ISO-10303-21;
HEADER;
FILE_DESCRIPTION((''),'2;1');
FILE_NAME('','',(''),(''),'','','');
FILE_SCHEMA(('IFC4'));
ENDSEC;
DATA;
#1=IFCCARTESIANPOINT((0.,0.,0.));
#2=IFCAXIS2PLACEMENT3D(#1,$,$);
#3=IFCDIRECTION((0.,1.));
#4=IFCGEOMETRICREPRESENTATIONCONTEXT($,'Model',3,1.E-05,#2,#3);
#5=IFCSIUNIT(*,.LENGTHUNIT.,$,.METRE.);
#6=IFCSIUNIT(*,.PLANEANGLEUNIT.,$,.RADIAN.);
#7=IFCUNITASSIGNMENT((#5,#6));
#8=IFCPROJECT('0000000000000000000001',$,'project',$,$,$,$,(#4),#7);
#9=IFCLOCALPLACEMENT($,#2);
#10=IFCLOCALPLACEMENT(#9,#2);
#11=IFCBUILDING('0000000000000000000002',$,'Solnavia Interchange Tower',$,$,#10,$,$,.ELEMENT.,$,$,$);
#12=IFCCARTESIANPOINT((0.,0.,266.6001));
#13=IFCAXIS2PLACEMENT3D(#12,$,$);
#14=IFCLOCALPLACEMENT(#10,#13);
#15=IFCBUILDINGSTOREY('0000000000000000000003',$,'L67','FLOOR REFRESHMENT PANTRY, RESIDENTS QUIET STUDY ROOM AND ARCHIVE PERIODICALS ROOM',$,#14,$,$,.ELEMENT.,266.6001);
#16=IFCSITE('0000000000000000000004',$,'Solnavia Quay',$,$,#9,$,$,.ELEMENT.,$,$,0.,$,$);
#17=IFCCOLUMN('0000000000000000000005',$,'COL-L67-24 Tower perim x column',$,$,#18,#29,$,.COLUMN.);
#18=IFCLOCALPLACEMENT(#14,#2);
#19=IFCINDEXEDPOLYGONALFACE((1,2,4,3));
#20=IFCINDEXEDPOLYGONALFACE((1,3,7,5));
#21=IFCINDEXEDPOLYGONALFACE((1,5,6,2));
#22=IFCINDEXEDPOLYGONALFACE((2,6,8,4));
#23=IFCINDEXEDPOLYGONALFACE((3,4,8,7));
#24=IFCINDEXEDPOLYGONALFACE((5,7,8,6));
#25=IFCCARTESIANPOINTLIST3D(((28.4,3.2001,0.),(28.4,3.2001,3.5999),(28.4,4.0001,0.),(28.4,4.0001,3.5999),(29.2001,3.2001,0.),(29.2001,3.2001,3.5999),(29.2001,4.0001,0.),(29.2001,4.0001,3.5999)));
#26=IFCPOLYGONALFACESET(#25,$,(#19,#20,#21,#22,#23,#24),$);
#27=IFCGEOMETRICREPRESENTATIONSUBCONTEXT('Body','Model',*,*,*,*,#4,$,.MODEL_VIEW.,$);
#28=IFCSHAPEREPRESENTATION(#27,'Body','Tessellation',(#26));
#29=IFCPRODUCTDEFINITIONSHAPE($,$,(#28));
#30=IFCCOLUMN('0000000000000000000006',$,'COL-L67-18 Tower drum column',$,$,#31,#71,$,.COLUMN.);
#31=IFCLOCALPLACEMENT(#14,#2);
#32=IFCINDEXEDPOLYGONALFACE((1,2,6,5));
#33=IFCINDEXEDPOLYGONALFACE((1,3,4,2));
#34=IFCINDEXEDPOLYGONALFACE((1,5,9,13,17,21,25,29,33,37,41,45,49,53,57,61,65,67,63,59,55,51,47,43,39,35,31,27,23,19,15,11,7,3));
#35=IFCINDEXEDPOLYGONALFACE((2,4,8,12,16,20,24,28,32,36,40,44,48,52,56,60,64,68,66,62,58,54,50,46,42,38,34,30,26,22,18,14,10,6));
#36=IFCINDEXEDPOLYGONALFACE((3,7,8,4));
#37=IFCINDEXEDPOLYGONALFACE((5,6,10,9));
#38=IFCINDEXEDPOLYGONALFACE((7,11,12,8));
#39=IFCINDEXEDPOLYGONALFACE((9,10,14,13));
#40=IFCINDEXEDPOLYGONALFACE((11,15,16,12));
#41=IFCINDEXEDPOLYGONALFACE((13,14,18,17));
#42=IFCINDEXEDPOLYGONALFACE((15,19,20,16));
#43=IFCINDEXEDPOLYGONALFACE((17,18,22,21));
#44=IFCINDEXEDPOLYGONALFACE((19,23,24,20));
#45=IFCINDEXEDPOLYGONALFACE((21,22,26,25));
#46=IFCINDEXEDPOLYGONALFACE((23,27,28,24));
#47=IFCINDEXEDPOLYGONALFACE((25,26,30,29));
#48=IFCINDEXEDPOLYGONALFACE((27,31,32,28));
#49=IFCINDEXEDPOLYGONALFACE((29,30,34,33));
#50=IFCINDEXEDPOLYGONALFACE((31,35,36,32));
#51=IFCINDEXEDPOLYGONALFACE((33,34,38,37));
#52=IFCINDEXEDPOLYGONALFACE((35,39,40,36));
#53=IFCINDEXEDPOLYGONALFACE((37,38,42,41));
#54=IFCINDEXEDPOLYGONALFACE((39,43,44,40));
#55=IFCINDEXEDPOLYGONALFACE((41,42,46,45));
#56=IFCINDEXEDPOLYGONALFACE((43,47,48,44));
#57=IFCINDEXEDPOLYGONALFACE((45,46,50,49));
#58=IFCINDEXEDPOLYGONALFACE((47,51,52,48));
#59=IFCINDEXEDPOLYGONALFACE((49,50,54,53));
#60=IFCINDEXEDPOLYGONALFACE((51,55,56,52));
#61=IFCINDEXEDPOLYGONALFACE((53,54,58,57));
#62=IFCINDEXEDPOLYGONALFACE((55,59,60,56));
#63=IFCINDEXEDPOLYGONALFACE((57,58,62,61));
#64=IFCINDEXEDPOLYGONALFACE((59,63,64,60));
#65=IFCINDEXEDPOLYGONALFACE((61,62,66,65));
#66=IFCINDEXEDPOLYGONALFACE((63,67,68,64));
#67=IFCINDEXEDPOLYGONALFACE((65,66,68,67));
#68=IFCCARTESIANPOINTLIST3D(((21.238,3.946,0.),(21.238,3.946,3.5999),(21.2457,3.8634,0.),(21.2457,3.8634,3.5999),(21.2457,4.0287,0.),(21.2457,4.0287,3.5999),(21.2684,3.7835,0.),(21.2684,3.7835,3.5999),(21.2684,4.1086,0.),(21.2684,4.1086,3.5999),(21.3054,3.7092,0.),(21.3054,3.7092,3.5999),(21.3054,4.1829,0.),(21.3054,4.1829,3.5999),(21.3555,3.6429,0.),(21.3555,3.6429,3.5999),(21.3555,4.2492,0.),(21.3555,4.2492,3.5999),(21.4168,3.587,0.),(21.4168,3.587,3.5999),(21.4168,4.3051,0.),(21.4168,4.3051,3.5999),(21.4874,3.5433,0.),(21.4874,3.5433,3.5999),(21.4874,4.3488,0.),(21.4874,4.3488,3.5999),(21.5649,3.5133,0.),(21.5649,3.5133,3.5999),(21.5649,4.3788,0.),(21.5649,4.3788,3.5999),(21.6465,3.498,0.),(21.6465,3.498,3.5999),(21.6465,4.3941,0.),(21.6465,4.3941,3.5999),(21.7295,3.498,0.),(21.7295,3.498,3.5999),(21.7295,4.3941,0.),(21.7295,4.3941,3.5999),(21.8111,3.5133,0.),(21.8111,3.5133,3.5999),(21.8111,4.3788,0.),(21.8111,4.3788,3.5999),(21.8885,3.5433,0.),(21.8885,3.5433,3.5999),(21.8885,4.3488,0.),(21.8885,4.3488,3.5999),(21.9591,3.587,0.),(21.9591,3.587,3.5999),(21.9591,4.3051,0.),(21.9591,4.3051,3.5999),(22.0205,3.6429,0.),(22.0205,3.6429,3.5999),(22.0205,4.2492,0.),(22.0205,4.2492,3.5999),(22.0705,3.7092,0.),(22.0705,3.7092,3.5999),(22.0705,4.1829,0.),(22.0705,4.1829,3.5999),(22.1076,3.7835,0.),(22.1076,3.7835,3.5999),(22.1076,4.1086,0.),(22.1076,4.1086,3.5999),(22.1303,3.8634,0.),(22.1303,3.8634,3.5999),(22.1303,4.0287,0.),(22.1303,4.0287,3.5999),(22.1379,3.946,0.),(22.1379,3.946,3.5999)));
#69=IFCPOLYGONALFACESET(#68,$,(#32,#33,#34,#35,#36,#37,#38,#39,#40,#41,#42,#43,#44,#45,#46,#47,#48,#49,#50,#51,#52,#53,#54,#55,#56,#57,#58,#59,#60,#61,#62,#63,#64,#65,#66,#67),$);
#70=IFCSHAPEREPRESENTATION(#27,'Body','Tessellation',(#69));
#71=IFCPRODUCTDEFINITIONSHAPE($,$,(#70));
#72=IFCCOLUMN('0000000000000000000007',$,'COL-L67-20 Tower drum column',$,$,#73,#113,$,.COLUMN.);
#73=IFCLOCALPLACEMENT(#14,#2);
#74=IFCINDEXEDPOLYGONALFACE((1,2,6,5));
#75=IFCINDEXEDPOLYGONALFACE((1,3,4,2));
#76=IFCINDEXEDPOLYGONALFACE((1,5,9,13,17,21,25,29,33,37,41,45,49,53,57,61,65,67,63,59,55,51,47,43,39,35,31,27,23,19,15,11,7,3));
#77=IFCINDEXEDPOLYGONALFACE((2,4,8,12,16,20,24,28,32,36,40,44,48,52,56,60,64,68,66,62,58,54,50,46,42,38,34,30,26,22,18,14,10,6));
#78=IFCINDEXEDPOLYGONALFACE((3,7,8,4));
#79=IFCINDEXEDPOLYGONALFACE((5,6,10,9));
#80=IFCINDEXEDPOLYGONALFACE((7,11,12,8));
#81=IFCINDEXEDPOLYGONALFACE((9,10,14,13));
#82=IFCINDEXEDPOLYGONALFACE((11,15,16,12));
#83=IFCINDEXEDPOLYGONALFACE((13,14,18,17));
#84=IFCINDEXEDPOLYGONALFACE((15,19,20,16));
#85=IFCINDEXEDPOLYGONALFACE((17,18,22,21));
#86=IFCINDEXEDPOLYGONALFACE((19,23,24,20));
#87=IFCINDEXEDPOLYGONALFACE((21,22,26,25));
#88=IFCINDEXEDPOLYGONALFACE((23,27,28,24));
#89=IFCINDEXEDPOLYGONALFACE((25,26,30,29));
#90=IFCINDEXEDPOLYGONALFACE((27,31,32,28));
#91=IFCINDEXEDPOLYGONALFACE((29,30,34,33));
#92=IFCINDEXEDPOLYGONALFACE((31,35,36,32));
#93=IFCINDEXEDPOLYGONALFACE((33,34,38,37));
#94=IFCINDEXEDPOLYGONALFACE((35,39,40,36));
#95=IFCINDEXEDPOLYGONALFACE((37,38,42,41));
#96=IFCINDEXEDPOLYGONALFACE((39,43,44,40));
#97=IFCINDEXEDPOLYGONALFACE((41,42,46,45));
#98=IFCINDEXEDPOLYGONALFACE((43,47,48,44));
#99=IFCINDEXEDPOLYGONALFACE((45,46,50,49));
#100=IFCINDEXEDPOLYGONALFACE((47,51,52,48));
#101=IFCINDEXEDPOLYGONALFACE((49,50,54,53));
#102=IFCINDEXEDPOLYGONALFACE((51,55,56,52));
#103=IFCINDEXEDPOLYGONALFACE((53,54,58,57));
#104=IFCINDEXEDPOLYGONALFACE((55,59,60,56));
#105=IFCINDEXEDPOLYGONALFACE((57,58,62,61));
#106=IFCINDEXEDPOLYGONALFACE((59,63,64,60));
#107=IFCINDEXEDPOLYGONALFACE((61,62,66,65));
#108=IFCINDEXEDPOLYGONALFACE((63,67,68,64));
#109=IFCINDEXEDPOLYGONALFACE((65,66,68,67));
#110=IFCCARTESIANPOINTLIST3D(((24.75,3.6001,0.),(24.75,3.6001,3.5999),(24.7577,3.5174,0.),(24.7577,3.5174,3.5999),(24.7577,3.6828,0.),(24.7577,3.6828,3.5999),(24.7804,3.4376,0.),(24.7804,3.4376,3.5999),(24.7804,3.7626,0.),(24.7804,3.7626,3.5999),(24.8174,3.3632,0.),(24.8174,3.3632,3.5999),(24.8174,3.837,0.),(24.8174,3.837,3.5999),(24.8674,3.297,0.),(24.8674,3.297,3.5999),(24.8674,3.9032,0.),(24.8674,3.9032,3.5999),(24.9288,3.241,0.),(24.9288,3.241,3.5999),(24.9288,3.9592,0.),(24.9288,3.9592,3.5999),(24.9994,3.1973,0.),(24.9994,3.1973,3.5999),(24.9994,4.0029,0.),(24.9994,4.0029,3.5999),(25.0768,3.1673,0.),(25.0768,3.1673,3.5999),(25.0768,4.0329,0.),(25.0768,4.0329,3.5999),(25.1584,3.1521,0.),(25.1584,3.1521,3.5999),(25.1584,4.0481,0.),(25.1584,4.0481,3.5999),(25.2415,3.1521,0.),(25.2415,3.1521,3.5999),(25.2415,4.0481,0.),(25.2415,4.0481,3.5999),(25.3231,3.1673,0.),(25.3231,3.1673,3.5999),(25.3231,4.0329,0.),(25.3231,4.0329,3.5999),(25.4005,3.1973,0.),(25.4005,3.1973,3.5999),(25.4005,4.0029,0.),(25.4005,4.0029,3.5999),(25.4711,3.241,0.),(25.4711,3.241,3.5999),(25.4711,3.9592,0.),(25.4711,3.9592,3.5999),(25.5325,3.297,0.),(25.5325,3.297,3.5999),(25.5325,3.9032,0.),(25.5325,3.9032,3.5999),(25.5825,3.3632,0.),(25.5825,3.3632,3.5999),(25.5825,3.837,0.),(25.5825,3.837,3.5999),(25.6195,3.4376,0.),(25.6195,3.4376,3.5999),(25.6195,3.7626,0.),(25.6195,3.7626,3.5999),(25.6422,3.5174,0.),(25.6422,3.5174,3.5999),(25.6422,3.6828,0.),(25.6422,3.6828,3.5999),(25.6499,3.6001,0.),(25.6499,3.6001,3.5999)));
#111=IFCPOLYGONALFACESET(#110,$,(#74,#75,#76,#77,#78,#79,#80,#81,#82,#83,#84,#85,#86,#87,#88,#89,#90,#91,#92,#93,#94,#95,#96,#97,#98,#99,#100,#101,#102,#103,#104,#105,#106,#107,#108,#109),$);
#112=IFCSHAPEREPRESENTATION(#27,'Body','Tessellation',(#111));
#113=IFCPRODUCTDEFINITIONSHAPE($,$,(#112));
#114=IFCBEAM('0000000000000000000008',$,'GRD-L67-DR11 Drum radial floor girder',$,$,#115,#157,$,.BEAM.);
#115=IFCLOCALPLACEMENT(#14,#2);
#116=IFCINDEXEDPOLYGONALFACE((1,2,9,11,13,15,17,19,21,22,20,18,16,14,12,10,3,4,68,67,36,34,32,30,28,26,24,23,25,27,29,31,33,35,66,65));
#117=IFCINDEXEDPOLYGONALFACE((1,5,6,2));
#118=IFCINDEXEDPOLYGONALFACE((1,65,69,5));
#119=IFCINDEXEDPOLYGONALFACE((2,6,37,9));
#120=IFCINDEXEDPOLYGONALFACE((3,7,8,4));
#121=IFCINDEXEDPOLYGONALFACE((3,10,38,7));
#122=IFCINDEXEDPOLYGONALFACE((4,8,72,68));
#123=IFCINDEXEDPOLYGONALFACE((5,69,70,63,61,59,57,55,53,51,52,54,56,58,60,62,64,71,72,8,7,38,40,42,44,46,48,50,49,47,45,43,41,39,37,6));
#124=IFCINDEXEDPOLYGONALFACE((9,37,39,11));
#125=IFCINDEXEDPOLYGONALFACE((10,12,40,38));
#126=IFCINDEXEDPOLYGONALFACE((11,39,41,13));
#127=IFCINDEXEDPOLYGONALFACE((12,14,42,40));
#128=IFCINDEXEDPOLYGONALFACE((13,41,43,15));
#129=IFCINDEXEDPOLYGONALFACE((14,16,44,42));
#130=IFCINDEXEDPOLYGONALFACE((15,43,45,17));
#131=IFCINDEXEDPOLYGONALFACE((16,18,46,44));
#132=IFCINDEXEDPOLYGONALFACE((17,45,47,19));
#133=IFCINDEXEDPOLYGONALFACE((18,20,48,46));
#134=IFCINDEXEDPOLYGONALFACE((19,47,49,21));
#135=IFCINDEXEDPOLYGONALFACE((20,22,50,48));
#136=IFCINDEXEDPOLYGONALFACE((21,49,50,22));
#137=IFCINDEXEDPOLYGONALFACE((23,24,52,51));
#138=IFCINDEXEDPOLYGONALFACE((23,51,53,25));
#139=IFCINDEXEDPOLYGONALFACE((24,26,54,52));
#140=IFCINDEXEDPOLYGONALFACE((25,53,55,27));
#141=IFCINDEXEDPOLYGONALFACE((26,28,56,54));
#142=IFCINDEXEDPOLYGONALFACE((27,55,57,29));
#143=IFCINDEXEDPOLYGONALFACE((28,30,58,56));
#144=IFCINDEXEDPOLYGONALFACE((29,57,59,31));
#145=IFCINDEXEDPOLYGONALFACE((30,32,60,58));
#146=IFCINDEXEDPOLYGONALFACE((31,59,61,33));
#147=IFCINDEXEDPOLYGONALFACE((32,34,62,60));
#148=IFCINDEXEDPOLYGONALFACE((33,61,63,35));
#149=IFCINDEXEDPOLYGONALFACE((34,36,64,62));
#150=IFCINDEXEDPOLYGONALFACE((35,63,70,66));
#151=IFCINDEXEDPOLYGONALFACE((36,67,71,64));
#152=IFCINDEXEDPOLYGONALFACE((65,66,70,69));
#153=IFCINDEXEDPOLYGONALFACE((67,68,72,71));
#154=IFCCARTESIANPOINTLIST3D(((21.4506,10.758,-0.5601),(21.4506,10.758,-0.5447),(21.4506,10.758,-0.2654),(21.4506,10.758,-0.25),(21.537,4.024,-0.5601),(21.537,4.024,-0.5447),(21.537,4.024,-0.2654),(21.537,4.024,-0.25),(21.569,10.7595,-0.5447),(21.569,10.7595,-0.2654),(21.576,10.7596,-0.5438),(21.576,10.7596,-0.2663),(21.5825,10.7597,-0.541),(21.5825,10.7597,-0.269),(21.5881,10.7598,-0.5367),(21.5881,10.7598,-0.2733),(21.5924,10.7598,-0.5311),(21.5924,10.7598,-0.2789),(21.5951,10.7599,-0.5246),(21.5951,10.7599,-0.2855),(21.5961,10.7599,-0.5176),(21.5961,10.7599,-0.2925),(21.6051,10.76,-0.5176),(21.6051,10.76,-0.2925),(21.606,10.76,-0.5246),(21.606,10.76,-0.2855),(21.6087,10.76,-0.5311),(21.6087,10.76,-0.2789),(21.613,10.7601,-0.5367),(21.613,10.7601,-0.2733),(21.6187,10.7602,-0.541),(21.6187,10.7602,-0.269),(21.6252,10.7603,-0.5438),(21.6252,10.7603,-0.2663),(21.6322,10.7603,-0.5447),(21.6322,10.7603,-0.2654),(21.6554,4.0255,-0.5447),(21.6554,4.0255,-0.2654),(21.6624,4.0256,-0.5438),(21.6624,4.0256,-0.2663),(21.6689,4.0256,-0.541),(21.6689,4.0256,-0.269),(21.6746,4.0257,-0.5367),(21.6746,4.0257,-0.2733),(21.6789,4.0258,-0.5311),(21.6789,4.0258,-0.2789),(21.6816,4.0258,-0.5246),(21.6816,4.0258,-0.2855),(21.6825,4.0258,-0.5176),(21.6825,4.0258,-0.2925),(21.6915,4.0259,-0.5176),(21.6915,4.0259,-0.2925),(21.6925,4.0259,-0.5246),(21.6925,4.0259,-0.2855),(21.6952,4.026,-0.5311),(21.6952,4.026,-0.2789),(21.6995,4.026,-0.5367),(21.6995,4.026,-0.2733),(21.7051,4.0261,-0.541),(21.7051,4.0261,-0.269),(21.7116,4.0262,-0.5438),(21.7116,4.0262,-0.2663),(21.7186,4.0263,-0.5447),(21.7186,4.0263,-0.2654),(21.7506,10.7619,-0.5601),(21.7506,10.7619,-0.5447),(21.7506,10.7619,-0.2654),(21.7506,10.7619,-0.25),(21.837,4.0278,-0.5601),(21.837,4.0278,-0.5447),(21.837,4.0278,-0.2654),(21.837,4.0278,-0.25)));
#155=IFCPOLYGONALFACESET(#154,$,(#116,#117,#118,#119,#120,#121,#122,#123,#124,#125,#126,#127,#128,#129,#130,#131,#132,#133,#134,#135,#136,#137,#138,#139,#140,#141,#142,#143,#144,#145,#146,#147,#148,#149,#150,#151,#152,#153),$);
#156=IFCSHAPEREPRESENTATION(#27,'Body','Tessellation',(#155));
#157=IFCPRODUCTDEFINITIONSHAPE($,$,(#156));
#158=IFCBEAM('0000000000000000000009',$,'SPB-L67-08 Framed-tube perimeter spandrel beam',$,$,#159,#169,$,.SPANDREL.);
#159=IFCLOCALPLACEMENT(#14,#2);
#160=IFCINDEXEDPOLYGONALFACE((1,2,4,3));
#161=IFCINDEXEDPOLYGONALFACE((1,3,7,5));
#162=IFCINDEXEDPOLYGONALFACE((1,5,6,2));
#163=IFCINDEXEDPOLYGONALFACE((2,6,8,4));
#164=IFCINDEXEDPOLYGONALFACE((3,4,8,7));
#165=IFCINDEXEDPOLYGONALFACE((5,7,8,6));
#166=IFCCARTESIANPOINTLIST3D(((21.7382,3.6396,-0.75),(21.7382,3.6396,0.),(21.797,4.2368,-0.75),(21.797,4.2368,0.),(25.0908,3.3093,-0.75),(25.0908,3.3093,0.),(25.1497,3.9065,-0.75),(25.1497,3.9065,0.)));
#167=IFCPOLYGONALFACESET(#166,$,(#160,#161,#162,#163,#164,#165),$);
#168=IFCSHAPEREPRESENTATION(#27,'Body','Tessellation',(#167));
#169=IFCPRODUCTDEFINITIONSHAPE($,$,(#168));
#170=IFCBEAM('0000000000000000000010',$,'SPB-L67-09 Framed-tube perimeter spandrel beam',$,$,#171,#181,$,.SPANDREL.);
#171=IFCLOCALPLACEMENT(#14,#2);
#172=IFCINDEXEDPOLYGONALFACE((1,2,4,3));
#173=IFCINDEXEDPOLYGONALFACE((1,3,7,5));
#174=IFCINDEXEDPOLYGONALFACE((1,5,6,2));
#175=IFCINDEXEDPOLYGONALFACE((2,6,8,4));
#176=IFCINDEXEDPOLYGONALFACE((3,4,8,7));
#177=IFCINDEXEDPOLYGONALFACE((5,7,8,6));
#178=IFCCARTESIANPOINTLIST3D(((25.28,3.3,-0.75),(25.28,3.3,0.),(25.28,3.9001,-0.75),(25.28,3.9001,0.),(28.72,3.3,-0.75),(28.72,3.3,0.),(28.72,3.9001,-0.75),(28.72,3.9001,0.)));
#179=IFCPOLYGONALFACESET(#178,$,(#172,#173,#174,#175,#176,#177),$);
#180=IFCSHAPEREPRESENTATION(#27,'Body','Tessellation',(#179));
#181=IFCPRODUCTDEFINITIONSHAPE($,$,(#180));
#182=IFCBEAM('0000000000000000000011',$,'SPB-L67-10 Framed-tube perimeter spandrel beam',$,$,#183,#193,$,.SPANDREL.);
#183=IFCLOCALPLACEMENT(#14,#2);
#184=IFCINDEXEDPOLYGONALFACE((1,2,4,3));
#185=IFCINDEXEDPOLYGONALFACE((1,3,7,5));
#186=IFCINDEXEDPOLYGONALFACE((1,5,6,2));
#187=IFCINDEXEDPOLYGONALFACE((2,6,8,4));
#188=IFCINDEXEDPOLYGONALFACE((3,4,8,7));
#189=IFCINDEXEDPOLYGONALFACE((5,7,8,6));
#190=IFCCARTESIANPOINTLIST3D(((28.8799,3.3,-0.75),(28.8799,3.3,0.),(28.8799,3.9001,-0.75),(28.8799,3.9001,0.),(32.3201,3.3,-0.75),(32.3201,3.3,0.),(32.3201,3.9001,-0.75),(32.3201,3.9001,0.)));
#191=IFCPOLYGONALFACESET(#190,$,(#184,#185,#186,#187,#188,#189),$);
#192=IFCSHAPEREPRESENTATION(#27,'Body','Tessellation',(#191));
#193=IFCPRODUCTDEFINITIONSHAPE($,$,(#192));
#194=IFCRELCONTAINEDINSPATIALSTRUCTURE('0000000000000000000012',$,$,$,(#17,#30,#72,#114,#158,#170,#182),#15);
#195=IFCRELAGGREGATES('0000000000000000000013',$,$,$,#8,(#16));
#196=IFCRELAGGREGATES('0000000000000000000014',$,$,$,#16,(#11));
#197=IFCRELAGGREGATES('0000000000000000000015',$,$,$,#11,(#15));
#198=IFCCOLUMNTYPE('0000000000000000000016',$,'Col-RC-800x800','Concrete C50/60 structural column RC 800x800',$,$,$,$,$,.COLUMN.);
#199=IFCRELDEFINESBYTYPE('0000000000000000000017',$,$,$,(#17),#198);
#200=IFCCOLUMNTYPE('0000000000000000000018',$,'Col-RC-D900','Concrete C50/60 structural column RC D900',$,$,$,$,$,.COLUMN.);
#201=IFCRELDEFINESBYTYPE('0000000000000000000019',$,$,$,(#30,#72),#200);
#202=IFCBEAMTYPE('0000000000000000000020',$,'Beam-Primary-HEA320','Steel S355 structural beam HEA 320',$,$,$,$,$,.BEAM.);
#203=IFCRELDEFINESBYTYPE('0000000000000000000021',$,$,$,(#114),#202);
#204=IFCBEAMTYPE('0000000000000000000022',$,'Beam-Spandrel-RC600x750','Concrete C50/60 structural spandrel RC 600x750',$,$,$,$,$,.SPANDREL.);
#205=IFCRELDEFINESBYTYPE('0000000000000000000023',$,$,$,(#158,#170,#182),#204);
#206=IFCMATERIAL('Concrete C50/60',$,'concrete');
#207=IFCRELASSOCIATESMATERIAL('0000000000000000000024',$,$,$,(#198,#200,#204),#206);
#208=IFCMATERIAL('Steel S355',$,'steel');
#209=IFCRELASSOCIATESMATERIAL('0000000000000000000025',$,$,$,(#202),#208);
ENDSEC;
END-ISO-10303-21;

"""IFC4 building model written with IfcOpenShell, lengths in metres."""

from ifc_helpers import new_model, si_unit, direction, frame, origin, origin_2d, place, context, subcontext, project, spatial, rectangle, circle, i_section, extrude, material, material_profile, profile_set, type_object, element, save


model = new_model("IFC4")

# Units and contexts
model_context = context("Model", 3, precision=1e-05, world=origin(), true_north=direction((0.0, 1.0)))
body_context = subcontext(model_context, "Body", "Model", "MODEL_VIEW")
ifc_project = project(units=[si_unit("LENGTHUNIT", "METRE"), si_unit("PLANEANGLEUNIT", "RADIAN")], contexts=[model_context])

# Site, building, storey
site_placement = place(None, origin())
site = spatial("IfcSite", under=ifc_project, at=site_placement, Name="Solnavia Quay", CompositionType="ELEMENT", RefElevation=0.0)
building_placement = place(site_placement, origin())
building = spatial("IfcBuilding", under=site, at=building_placement, Name="Solnavia Interchange Tower", CompositionType="ELEMENT")
storey_placement = place(building_placement, frame((0.0, 0.0, 266.6001)))
storey = spatial("IfcBuildingStorey", under=building, at=storey_placement, Name="L67", Description="FLOOR REFRESHMENT PANTRY, RESIDENTS QUIET STUDY ROOM AND ARCHIVE PERIODICALS ROOM", CompositionType="ELEMENT", Elevation=266.6001)

# Columns
ifc_material_1 = material(Name="Concrete C50/60", Category="concrete")
ifc_material_profile_1 = material_profile(ifc_material_1, rectangle(XDim=0.8, YDim=0.8, at=origin_2d()), Name="RC 800x800")
ifc_profile_set_1 = profile_set([ifc_material_profile_1], Name="Concrete C50/60")
column_type_1 = type_object("IfcColumnType", Name="Col-RC-800x800", Description="Concrete C50/60 structural column RC 800x800", PredefinedType="COLUMN", material=ifc_profile_set_1)
column_placement = place(storey_placement, frame((28.8, 3.6001, 0.0), z_axis=(0.0, 0.0, 1.0), x_axis=(1.0, 0.0, 0.0)))
element("IfcColumn", 1, at=column_placement, inside=storey, type_object=column_type_1, Name="COL-L67-24 Tower perim x column", PredefinedType="COLUMN", context=body_context, shape_type="SweptSolid", body=[
    extrude(rectangle(XDim=0.8, YDim=0.8, at=origin_2d()), origin(), (0.0, 0.0, 1.0), 3.5999),
])
ifc_material_profile_2 = material_profile(ifc_material_1, circle(Radius=0.45, at=origin_2d()), Name="RC D900")
ifc_profile_set_2 = profile_set([ifc_material_profile_2], Name="Concrete C50/60")
column_type_2 = type_object("IfcColumnType", Name="Col-RC-D900", Description="Concrete C50/60 structural column RC D900", PredefinedType="COLUMN", material=ifc_profile_set_2)
for number, where, z_axis, x_axis, name in (
    (2, (21.688, 3.946, 0.0), (0.0, 0.0, 1.0), (1.0, 0.0, 0.0), "COL-L67-18 Tower drum column"),
    (3, (25.2, 3.6001, 0.0), (0.0, 0.0, 1.0), (1.0, 0.0, 0.0), "COL-L67-20 Tower drum column"),
):
    element("IfcColumn", number, at=place(storey_placement, frame(where, z_axis=z_axis, x_axis=x_axis)), inside=storey, type_object=column_type_2, Name=name, PredefinedType="COLUMN", context=body_context, shape_type="SweptSolid", body=[
        extrude(circle(Radius=0.45, at=origin_2d()), origin(), (0.0, 0.0, 1.0), 3.5999),
    ])

# Beams
ifc_material_2 = material(Name="Steel S355", Category="steel")
ifc_material_profile_3 = material_profile(ifc_material_2, i_section(OverallWidth=0.3, OverallDepth=0.3101, WebThickness=0.009, FlangeThickness=0.0154, FilletRadius=0.0271, at=origin_2d()), Name="HEA 320")
ifc_profile_set_3 = profile_set([ifc_material_profile_3], Name="Steel S355")
beam_type_1 = type_object("IfcBeamType", Name="Beam-Primary-HEA320", Description="Steel S355 structural beam HEA 320", PredefinedType="BEAM", material=ifc_profile_set_3)
beam_1_placement = place(storey_placement, frame((21.687, 4.0259, -0.405), z_axis=(-0.012833, 0.999918, 0.0), x_axis=(-0.999918, -0.012833, 0.0)))
element("IfcBeam", 4, at=beam_1_placement, inside=storey, type_object=beam_type_1, Name="GRD-L67-DR11 Drum radial floor girder", PredefinedType="BEAM", context=body_context, shape_type="SweptSolid", body=[
    extrude(i_section(OverallWidth=0.3, OverallDepth=0.3101, WebThickness=0.009, FlangeThickness=0.0154, FilletRadius=0.0271, at=origin_2d()), origin(), (0.0, 0.0, 1.0), 6.7346),
])
ifc_material_profile_4 = material_profile(ifc_material_1, rectangle(XDim=0.6001, YDim=0.75, at=origin_2d()), Name="RC 600x750")
ifc_profile_set_4 = profile_set([ifc_material_profile_4], Name="Concrete C50/60")
beam_type_2 = type_object("IfcBeamType", Name="Beam-Spandrel-RC600x750", Description="Concrete C50/60 structural spandrel RC 600x750", PredefinedType="SPANDREL", material=ifc_profile_set_4)
beam_2_placement = place(storey_placement, frame((21.7676, 3.9382, -0.375), z_axis=(0.995182, -0.098047, 0.0), x_axis=(0.098047, 0.995182, 0.0)))
element("IfcBeam", 5, at=beam_2_placement, inside=storey, type_object=beam_type_2, Name="SPB-L67-08 Framed-tube perimeter spandrel beam", PredefinedType="SPANDREL", context=body_context, shape_type="SweptSolid", body=[
    extrude(rectangle(XDim=0.6001, YDim=0.75, at=origin_2d()), origin(), (0.0, 0.0, 1.0), 3.3689),
])
beam_3_placement = place(storey_placement, frame((25.28, 3.6001, -0.375), z_axis=(1.0, 0.0, 0.0), x_axis=(0.0, 1.0, 0.0)))
element("IfcBeam", 6, at=beam_3_placement, inside=storey, type_object=beam_type_2, Name="SPB-L67-09 Framed-tube perimeter spandrel beam", PredefinedType="SPANDREL", context=body_context, shape_type="SweptSolid", body=[
    extrude(rectangle(XDim=0.6001, YDim=0.75, at=origin_2d()), origin(), (0.0, 0.0, 1.0), 3.4399),
])
beam_4_placement = place(storey_placement, frame((28.8799, 3.6001, -0.375), z_axis=(1.0, 0.0, 0.0), x_axis=(0.0, 1.0, 0.0)))
element("IfcBeam", 7, at=beam_4_placement, inside=storey, type_object=beam_type_2, Name="SPB-L67-10 Framed-tube perimeter spandrel beam", PredefinedType="SPANDREL", context=body_context, shape_type="SweptSolid", body=[
    extrude(rectangle(XDim=0.6001, YDim=0.75, at=origin_2d()), origin(), (0.0, 0.0, 1.0), 3.4402),
])

save(model, "model.ifc")
